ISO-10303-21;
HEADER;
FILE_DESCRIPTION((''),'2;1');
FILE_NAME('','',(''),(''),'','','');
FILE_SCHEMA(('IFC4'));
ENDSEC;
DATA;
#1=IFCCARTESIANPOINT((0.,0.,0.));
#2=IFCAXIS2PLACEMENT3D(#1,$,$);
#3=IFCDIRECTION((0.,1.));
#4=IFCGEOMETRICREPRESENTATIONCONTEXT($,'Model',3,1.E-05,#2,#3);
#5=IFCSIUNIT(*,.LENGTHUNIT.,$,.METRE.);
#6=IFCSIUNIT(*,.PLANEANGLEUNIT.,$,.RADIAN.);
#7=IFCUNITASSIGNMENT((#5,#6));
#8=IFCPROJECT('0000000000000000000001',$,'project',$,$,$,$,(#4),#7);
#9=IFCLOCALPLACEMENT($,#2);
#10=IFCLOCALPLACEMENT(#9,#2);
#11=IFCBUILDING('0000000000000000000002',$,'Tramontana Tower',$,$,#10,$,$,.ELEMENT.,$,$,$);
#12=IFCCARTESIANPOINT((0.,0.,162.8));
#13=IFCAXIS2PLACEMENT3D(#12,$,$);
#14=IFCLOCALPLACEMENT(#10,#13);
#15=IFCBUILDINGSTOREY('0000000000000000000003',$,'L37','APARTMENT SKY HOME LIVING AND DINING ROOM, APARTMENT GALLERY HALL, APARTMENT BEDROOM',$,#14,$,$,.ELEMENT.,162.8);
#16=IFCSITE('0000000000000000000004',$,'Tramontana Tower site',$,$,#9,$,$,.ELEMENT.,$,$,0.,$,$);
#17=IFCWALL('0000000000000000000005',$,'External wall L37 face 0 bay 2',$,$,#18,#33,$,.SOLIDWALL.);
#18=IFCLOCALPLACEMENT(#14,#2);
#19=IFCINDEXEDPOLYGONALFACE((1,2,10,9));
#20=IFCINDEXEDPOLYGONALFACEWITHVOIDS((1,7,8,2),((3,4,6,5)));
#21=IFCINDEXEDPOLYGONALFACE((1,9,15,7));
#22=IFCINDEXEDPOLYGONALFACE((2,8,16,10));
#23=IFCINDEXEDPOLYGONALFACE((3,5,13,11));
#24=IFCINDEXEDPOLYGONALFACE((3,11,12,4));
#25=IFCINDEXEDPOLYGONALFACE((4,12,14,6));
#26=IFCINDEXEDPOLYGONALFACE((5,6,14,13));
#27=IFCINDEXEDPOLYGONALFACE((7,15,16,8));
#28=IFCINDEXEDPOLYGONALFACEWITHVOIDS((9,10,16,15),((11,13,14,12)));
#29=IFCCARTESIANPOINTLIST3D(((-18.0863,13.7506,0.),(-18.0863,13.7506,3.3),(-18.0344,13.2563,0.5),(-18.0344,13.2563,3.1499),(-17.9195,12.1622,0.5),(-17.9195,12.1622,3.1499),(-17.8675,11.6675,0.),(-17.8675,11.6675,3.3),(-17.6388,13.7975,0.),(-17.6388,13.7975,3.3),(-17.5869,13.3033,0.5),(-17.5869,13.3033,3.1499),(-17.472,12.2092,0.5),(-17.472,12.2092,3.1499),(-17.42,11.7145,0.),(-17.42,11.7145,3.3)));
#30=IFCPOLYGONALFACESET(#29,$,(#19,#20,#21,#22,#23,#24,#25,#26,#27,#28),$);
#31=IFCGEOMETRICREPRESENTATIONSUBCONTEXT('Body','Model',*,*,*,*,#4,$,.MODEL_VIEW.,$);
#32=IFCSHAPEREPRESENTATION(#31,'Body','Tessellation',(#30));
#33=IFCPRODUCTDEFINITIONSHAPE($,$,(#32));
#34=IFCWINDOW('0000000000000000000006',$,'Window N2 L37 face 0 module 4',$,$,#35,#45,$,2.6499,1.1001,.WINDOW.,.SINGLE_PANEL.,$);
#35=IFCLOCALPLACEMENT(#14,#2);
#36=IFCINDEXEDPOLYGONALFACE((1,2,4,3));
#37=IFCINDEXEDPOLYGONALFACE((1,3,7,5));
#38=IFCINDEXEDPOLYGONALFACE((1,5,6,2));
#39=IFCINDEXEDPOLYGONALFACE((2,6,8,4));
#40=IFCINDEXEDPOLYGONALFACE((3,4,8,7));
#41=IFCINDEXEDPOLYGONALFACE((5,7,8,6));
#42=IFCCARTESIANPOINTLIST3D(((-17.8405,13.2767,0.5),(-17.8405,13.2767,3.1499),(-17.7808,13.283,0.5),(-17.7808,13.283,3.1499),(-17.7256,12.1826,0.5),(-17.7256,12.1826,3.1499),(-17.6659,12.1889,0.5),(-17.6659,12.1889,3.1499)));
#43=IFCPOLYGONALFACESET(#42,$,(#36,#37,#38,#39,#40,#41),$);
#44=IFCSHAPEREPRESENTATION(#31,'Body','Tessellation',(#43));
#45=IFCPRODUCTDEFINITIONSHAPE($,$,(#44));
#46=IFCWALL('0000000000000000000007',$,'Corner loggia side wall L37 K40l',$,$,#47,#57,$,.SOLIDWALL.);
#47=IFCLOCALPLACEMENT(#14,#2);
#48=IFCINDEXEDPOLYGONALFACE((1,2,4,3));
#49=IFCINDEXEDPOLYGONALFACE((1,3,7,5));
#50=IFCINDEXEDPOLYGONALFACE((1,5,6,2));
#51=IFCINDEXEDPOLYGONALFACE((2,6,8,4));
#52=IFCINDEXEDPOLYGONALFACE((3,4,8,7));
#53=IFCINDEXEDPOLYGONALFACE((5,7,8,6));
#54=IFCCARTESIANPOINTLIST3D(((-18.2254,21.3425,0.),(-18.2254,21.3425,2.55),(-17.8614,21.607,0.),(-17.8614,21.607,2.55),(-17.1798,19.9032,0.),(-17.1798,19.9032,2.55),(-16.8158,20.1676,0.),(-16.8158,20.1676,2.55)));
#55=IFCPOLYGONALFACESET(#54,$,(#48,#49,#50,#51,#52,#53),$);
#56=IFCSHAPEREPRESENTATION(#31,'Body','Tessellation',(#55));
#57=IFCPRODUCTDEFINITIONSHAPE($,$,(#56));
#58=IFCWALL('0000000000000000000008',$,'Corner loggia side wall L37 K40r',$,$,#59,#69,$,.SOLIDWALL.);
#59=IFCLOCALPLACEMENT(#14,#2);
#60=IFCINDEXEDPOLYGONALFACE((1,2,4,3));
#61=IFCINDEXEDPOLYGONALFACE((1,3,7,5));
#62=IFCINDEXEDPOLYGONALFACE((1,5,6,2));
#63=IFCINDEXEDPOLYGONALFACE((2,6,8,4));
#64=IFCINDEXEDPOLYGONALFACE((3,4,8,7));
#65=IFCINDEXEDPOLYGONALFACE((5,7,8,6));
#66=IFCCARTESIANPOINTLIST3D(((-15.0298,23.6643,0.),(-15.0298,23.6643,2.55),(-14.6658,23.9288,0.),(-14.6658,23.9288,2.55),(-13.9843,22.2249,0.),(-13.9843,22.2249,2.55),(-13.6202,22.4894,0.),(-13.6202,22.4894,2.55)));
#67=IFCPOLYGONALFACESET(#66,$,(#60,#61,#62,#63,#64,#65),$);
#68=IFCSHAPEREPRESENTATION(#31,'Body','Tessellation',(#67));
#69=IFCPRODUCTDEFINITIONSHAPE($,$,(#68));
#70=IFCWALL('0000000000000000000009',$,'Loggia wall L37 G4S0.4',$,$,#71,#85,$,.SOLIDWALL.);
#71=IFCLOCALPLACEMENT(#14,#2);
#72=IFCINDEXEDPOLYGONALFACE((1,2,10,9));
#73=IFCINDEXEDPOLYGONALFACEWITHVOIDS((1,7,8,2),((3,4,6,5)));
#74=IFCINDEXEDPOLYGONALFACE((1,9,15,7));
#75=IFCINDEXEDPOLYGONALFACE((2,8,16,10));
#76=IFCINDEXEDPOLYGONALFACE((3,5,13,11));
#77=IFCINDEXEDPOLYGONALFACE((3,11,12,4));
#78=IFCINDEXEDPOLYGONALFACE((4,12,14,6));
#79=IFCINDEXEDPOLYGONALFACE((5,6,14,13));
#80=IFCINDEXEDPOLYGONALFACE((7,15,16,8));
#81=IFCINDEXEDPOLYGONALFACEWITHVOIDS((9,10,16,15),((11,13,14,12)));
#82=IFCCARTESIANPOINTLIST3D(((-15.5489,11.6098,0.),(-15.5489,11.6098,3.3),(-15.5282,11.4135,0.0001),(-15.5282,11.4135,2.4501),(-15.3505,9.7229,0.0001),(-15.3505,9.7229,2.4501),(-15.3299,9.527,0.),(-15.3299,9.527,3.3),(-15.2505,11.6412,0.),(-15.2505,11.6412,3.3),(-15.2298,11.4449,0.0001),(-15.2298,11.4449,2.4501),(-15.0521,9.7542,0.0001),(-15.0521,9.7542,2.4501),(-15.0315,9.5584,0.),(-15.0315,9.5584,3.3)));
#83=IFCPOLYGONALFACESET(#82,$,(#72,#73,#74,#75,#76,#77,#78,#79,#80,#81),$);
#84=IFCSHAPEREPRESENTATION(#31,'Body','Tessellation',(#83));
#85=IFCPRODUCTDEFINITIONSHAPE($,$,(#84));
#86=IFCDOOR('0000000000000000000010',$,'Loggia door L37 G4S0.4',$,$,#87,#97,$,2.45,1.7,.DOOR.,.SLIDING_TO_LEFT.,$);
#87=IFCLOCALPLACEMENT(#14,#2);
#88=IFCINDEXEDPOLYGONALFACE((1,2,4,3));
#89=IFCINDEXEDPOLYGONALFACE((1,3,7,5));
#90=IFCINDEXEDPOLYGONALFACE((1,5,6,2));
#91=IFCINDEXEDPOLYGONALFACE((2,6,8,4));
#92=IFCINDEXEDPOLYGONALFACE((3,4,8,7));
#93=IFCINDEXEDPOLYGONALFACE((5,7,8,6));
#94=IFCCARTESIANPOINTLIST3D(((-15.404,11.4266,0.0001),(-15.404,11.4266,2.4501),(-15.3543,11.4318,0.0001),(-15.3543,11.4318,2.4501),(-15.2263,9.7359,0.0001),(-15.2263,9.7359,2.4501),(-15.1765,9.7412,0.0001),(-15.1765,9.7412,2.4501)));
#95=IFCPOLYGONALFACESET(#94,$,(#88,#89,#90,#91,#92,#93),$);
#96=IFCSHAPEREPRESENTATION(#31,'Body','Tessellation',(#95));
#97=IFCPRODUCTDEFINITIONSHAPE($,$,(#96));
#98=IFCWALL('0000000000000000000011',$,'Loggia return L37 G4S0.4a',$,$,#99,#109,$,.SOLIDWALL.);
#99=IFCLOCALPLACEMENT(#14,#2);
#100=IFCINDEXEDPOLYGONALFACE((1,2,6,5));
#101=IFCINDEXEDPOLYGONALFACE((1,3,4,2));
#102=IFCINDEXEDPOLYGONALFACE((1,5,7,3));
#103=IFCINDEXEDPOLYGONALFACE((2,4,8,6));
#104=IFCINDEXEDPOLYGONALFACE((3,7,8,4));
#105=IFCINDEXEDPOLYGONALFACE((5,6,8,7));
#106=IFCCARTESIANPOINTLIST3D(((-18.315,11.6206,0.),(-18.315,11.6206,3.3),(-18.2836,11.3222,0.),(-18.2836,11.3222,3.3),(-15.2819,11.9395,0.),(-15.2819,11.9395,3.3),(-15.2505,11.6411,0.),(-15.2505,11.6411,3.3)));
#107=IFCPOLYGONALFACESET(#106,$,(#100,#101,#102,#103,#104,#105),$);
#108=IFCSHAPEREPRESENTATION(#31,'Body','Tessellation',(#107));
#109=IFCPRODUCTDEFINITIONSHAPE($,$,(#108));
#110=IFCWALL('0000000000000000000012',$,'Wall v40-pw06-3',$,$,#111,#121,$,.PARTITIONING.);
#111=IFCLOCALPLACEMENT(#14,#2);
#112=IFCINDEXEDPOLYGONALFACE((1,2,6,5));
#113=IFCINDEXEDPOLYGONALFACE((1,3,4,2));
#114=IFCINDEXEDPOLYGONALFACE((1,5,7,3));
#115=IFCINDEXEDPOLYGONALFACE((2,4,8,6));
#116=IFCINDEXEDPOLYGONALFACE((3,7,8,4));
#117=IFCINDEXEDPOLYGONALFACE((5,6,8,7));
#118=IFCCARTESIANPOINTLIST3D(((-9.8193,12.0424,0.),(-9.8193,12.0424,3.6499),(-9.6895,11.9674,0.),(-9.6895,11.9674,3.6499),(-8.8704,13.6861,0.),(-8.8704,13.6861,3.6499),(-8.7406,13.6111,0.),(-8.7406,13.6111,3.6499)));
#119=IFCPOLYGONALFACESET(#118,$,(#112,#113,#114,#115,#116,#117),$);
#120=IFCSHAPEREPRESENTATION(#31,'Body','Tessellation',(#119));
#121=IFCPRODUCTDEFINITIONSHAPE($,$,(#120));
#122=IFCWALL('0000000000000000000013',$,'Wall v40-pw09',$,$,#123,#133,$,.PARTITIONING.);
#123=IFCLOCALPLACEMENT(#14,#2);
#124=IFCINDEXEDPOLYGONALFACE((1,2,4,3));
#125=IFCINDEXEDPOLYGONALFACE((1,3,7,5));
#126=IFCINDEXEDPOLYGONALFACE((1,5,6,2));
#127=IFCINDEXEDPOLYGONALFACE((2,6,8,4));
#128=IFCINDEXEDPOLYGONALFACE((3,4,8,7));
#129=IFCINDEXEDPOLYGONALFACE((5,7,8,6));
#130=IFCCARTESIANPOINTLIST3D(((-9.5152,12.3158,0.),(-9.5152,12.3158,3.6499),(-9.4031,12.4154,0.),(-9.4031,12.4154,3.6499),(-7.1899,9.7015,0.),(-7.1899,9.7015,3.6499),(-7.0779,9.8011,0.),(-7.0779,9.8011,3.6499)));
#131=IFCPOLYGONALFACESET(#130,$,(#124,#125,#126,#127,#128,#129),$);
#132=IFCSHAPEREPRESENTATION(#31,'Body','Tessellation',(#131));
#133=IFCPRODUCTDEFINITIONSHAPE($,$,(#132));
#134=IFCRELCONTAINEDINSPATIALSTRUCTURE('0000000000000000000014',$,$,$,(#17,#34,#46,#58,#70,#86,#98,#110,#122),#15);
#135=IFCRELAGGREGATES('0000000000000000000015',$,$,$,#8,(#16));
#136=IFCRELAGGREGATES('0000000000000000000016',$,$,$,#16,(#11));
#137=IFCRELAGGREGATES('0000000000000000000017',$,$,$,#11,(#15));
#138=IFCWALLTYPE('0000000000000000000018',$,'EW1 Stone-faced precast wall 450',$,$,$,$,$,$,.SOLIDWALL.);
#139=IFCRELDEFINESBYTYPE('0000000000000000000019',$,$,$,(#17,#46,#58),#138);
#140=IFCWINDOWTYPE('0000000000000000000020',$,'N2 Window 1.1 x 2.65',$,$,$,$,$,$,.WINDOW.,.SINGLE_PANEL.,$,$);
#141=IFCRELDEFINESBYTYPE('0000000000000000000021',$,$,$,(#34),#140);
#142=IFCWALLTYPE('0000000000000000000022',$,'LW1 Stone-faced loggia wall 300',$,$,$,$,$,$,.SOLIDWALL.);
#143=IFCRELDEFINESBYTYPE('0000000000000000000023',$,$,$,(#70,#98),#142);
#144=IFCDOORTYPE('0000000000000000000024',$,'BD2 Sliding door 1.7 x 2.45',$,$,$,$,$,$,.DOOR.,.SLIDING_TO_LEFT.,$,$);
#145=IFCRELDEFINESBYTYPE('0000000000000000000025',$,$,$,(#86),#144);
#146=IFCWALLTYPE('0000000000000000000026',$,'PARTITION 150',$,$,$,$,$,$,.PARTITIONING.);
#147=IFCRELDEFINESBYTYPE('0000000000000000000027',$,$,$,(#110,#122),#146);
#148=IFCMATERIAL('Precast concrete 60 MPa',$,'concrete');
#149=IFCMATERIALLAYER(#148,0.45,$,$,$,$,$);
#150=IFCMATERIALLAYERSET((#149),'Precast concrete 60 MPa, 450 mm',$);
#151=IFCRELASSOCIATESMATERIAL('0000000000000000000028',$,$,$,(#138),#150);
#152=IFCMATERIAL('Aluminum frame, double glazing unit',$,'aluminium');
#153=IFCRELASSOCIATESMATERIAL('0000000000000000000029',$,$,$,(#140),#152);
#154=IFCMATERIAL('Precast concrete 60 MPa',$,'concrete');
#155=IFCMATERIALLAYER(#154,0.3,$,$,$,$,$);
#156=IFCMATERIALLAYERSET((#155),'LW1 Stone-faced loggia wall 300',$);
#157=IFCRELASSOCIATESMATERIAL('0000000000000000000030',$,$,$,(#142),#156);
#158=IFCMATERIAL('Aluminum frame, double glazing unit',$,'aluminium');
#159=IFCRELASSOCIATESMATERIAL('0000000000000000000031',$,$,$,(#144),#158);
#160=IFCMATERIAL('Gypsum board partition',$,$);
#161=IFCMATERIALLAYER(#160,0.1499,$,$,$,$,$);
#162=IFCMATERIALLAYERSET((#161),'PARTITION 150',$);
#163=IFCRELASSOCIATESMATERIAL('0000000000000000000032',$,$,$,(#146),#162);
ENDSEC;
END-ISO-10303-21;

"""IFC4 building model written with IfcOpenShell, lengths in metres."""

from ifc_helpers import new_model, si_unit, direction, frame, frame_2d, origin, place, context, subcontext, project, spatial, rectangle, extrude, material, layer, layer_set, type_object, element, fill, save


model = new_model("IFC4")

# Units and contexts
model_context = context("Model", 3, precision=1e-05, world=origin(), true_north=direction((0.0, 1.0)))
body_context = subcontext(model_context, "Body", "Model", "MODEL_VIEW")
ifc_project = project(units=[si_unit("LENGTHUNIT", "METRE"), si_unit("PLANEANGLEUNIT", "RADIAN")], contexts=[model_context])

# Site, building, storey
site_placement = place(None, origin())
site = spatial("IfcSite", under=ifc_project, at=site_placement, Name="Tramontana Tower site", CompositionType="ELEMENT", RefElevation=0.0)
building_placement = place(site_placement, origin())
building = spatial("IfcBuilding", under=site, at=building_placement, Name="Tramontana Tower", CompositionType="ELEMENT")
storey_placement = place(building_placement, frame((0.0, 0.0, 162.8)))
storey = spatial("IfcBuildingStorey", under=building, at=storey_placement, Name="L37", Description="APARTMENT SKY HOME LIVING AND DINING ROOM, APARTMENT GALLERY HALL, APARTMENT BEDROOM", CompositionType="ELEMENT", Elevation=162.8)

# Shared definitions
ifc_material_1 = material(Name="Precast concrete 60 MPa", Category="concrete")
ifc_layer_1 = layer(ifc_material_1, 0.45)
ifc_layer_set_1 = layer_set([ifc_layer_1], Name="Precast concrete 60 MPa, 450 mm")
wall_type_1 = type_object("IfcWallType", Name="EW1 Stone-faced precast wall 450", PredefinedType="SOLIDWALL", material=ifc_layer_set_1)

# Wall, opening, window
wall_1_placement = place(storey_placement, frame((-17.8625, 13.7742, 0.0), z_axis=(0.0, 0.0, 1.0), x_axis=(0.104442, -0.994531, 0.0)))
wall_1 = element("IfcWall", 1, at=wall_1_placement, inside=storey, type_object=wall_type_1, Name="External wall L37 face 0 bay 2", PredefinedType="SOLIDWALL", context=body_context, shape_type="SweptSolid", body=[
    extrude(rectangle(XDim=2.0945, YDim=0.45, at=frame_2d((1.0474, 0.0))), origin(), (0.0, 0.0, 1.0), 3.3),
])
opening_1_placement = place(wall_1_placement, frame((0.4971, 0.0, 0.5)))
opening_1 = element("IfcOpeningElement", 2, at=opening_1_placement, cuts=wall_1, PredefinedType="OPENING", context=body_context, shape_type="SweptSolid", body=[
    extrude(rectangle(XDim=1.1001, YDim=2.6499, at=frame_2d((0.55, 1.325))), frame((0.0, 0.2349, 0.0), z_axis=(0.0, -1.0, 0.0), x_axis=(1.0, 0.0, 0.0)), (0.0, 0.0, 1.0), 0.47),
])
ifc_material_2 = material(Name="Aluminum frame, double glazing unit", Category="aluminium")
window_type_1 = type_object("IfcWindowType", Name="N2 Window 1.1 x 2.65", PartitioningType="SINGLE_PANEL", PredefinedType="WINDOW", material=ifc_material_2)
window_1_placement = place(opening_1_placement, origin())
window_1 = element("IfcWindow", 3, at=window_1_placement, inside=storey, type_object=window_type_1, Name="Window N2 L37 face 0 module 4", OverallHeight=2.6499, OverallWidth=1.1001, PartitioningType="SINGLE_PANEL", PredefinedType="WINDOW", context=body_context, shape_type="SweptSolid", body=[
    extrude(rectangle(XDim=1.1001, YDim=2.6499, at=frame_2d((0.55, 1.325))), frame((0.0, 0.03, 0.0), z_axis=(0.0, -1.0, 0.0), x_axis=(1.0, 0.0, 0.0)), (0.0, 0.0, 1.0), 0.0601),
])
fill(opening_1, window_1)

# Walls
for number, where, z_axis, x_axis, name in (
    (4, (-18.0435, 21.4749, 0.0), (0.0, 0.0, 1.0), (0.587723, -0.809062, 0.0), "Corner loggia side wall L37 K40l"),
    (5, (-14.8479, 23.7966, 0.0), (0.0, 0.0, 1.0), (0.587723, -0.809062, 0.0), "Corner loggia side wall L37 K40r"),
):
    element("IfcWall", number, at=place(storey_placement, frame(where, z_axis=z_axis, x_axis=x_axis)), inside=storey, type_object=wall_type_1, Name=name, PredefinedType="SOLIDWALL", context=body_context, shape_type="SweptSolid", body=[
        extrude(rectangle(XDim=1.7791, YDim=0.45, at=frame_2d((0.8896, 0.0))), origin(), (0.0, 0.0, 1.0), 2.55),
    ])

# Wall, opening, door
ifc_material_3 = material(Name="Precast concrete 60 MPa", Category="concrete")
ifc_layer_2 = layer(ifc_material_3, 0.3)
ifc_layer_set_2 = layer_set([ifc_layer_2], Name="LW1 Stone-faced loggia wall 300")
wall_type_2 = type_object("IfcWallType", Name="LW1 Stone-faced loggia wall 300", PredefinedType="SOLIDWALL", material=ifc_layer_set_2)
wall_2_placement = place(storey_placement, frame((-15.3997, 11.6255, 0.0), z_axis=(0.0, 0.0, 1.0), x_axis=(0.104569, -0.994518, 0.0)))
wall_2 = element("IfcWall", 6, at=wall_2_placement, inside=storey, type_object=wall_type_2, Name="Loggia wall L37 G4S0.4", PredefinedType="SOLIDWALL", context=body_context, shape_type="SweptSolid", body=[
    extrude(rectangle(XDim=2.0942, YDim=0.3, at=frame_2d((1.0471, 0.0))), origin(), (0.0, 0.0, 1.0), 3.3),
])
opening_2_placement = place(wall_2_placement, frame((0.1973, 0.0, 0.0)))
opening_2 = element("IfcOpeningElement", 7, at=opening_2_placement, cuts=wall_2, PredefinedType="OPENING", context=body_context, shape_type="SweptSolid", body=[
    extrude(rectangle(XDim=1.7, YDim=2.45, at=frame_2d((0.8501, 1.2251))), frame((0.0, 0.1599, 0.0), z_axis=(0.0, -1.0, 0.0), x_axis=(1.0, 0.0, 0.0)), (0.0, 0.0, 1.0), 0.3201),
])
ifc_material_4 = material(Name="Aluminum frame, double glazing unit", Category="aluminium")
door_type_1 = type_object("IfcDoorType", Name="BD2 Sliding door 1.7 x 2.45", OperationType="SLIDING_TO_LEFT", PredefinedType="DOOR", material=ifc_material_4)
door_1_placement = place(opening_2_placement, origin())
door_1 = element("IfcDoor", 8, at=door_1_placement, inside=storey, type_object=door_type_1, Name="Loggia door L37 G4S0.4", OperationType="SLIDING_TO_LEFT", OverallHeight=2.45, OverallWidth=1.7, PredefinedType="DOOR", context=body_context, shape_type="SweptSolid", body=[
    extrude(rectangle(XDim=1.7, YDim=2.45, at=frame_2d((0.8501, 1.2251))), frame((0.0, 0.0249, 0.0), z_axis=(0.0, -1.0, 0.0), x_axis=(1.0, 0.0, 0.0)), (0.0, 0.0, 1.0), 0.05),
])
fill(opening_2, door_1)

# Wall
wall_3_placement = place(storey_placement, frame((-18.2993, 11.4714, 0.0), z_axis=(0.0, 0.0, 1.0), x_axis=(0.99452, 0.104543, 0.0)))
element("IfcWall", 9, at=wall_3_placement, inside=storey, type_object=wall_type_2, Name="Loggia return L37 G4S0.4a", PredefinedType="SOLIDWALL", context=body_context, shape_type="SweptSolid", body=[
    extrude(rectangle(XDim=3.0498, YDim=0.3, at=frame_2d((1.5249, 0.0))), origin(), (0.0, 0.0, 1.0), 3.3),
])

# Shared definitions
ifc_material_5 = material(Name="Gypsum board partition")
ifc_layer_3 = layer(ifc_material_5, 0.1499)
ifc_layer_set_3 = layer_set([ifc_layer_3], Name="PARTITION 150")
wall_type_3 = type_object("IfcWallType", Name="PARTITION 150", PredefinedType="PARTITIONING", material=ifc_layer_set_3)

# Walls
wall_4_placement = place(storey_placement, frame((-9.7544, 12.0049, 0.0), z_axis=(0.0, 0.0, 1.0), x_axis=(0.499971, 0.866042, 0.0)))
element("IfcWall", 10, at=wall_4_placement, inside=storey, type_object=wall_type_3, Name="Wall v40-pw06-3", PredefinedType="PARTITIONING", context=body_context, shape_type="SweptSolid", body=[
    extrude(rectangle(XDim=1.8979, YDim=0.1499, at=frame_2d((0.949, 0.0))), origin(), (0.0, 0.0, 1.0), 3.6499),
])
wall_5_placement = place(storey_placement, frame((-9.4592, 12.3657, 0.0), z_axis=(0.0, 0.0, 1.0), x_axis=(0.664589, -0.747209, 0.0)))
element("IfcWall", 11, at=wall_5_placement, inside=storey, type_object=wall_type_3, Name="Wall v40-pw09", PredefinedType="PARTITIONING", context=body_context, shape_type="SweptSolid", body=[
    extrude(rectangle(XDim=3.4988, YDim=0.1499, at=frame_2d((1.7495, 0.0))), origin(), (0.0, 0.0, 1.0), 3.6499),
])

save(model, "model.ifc")
